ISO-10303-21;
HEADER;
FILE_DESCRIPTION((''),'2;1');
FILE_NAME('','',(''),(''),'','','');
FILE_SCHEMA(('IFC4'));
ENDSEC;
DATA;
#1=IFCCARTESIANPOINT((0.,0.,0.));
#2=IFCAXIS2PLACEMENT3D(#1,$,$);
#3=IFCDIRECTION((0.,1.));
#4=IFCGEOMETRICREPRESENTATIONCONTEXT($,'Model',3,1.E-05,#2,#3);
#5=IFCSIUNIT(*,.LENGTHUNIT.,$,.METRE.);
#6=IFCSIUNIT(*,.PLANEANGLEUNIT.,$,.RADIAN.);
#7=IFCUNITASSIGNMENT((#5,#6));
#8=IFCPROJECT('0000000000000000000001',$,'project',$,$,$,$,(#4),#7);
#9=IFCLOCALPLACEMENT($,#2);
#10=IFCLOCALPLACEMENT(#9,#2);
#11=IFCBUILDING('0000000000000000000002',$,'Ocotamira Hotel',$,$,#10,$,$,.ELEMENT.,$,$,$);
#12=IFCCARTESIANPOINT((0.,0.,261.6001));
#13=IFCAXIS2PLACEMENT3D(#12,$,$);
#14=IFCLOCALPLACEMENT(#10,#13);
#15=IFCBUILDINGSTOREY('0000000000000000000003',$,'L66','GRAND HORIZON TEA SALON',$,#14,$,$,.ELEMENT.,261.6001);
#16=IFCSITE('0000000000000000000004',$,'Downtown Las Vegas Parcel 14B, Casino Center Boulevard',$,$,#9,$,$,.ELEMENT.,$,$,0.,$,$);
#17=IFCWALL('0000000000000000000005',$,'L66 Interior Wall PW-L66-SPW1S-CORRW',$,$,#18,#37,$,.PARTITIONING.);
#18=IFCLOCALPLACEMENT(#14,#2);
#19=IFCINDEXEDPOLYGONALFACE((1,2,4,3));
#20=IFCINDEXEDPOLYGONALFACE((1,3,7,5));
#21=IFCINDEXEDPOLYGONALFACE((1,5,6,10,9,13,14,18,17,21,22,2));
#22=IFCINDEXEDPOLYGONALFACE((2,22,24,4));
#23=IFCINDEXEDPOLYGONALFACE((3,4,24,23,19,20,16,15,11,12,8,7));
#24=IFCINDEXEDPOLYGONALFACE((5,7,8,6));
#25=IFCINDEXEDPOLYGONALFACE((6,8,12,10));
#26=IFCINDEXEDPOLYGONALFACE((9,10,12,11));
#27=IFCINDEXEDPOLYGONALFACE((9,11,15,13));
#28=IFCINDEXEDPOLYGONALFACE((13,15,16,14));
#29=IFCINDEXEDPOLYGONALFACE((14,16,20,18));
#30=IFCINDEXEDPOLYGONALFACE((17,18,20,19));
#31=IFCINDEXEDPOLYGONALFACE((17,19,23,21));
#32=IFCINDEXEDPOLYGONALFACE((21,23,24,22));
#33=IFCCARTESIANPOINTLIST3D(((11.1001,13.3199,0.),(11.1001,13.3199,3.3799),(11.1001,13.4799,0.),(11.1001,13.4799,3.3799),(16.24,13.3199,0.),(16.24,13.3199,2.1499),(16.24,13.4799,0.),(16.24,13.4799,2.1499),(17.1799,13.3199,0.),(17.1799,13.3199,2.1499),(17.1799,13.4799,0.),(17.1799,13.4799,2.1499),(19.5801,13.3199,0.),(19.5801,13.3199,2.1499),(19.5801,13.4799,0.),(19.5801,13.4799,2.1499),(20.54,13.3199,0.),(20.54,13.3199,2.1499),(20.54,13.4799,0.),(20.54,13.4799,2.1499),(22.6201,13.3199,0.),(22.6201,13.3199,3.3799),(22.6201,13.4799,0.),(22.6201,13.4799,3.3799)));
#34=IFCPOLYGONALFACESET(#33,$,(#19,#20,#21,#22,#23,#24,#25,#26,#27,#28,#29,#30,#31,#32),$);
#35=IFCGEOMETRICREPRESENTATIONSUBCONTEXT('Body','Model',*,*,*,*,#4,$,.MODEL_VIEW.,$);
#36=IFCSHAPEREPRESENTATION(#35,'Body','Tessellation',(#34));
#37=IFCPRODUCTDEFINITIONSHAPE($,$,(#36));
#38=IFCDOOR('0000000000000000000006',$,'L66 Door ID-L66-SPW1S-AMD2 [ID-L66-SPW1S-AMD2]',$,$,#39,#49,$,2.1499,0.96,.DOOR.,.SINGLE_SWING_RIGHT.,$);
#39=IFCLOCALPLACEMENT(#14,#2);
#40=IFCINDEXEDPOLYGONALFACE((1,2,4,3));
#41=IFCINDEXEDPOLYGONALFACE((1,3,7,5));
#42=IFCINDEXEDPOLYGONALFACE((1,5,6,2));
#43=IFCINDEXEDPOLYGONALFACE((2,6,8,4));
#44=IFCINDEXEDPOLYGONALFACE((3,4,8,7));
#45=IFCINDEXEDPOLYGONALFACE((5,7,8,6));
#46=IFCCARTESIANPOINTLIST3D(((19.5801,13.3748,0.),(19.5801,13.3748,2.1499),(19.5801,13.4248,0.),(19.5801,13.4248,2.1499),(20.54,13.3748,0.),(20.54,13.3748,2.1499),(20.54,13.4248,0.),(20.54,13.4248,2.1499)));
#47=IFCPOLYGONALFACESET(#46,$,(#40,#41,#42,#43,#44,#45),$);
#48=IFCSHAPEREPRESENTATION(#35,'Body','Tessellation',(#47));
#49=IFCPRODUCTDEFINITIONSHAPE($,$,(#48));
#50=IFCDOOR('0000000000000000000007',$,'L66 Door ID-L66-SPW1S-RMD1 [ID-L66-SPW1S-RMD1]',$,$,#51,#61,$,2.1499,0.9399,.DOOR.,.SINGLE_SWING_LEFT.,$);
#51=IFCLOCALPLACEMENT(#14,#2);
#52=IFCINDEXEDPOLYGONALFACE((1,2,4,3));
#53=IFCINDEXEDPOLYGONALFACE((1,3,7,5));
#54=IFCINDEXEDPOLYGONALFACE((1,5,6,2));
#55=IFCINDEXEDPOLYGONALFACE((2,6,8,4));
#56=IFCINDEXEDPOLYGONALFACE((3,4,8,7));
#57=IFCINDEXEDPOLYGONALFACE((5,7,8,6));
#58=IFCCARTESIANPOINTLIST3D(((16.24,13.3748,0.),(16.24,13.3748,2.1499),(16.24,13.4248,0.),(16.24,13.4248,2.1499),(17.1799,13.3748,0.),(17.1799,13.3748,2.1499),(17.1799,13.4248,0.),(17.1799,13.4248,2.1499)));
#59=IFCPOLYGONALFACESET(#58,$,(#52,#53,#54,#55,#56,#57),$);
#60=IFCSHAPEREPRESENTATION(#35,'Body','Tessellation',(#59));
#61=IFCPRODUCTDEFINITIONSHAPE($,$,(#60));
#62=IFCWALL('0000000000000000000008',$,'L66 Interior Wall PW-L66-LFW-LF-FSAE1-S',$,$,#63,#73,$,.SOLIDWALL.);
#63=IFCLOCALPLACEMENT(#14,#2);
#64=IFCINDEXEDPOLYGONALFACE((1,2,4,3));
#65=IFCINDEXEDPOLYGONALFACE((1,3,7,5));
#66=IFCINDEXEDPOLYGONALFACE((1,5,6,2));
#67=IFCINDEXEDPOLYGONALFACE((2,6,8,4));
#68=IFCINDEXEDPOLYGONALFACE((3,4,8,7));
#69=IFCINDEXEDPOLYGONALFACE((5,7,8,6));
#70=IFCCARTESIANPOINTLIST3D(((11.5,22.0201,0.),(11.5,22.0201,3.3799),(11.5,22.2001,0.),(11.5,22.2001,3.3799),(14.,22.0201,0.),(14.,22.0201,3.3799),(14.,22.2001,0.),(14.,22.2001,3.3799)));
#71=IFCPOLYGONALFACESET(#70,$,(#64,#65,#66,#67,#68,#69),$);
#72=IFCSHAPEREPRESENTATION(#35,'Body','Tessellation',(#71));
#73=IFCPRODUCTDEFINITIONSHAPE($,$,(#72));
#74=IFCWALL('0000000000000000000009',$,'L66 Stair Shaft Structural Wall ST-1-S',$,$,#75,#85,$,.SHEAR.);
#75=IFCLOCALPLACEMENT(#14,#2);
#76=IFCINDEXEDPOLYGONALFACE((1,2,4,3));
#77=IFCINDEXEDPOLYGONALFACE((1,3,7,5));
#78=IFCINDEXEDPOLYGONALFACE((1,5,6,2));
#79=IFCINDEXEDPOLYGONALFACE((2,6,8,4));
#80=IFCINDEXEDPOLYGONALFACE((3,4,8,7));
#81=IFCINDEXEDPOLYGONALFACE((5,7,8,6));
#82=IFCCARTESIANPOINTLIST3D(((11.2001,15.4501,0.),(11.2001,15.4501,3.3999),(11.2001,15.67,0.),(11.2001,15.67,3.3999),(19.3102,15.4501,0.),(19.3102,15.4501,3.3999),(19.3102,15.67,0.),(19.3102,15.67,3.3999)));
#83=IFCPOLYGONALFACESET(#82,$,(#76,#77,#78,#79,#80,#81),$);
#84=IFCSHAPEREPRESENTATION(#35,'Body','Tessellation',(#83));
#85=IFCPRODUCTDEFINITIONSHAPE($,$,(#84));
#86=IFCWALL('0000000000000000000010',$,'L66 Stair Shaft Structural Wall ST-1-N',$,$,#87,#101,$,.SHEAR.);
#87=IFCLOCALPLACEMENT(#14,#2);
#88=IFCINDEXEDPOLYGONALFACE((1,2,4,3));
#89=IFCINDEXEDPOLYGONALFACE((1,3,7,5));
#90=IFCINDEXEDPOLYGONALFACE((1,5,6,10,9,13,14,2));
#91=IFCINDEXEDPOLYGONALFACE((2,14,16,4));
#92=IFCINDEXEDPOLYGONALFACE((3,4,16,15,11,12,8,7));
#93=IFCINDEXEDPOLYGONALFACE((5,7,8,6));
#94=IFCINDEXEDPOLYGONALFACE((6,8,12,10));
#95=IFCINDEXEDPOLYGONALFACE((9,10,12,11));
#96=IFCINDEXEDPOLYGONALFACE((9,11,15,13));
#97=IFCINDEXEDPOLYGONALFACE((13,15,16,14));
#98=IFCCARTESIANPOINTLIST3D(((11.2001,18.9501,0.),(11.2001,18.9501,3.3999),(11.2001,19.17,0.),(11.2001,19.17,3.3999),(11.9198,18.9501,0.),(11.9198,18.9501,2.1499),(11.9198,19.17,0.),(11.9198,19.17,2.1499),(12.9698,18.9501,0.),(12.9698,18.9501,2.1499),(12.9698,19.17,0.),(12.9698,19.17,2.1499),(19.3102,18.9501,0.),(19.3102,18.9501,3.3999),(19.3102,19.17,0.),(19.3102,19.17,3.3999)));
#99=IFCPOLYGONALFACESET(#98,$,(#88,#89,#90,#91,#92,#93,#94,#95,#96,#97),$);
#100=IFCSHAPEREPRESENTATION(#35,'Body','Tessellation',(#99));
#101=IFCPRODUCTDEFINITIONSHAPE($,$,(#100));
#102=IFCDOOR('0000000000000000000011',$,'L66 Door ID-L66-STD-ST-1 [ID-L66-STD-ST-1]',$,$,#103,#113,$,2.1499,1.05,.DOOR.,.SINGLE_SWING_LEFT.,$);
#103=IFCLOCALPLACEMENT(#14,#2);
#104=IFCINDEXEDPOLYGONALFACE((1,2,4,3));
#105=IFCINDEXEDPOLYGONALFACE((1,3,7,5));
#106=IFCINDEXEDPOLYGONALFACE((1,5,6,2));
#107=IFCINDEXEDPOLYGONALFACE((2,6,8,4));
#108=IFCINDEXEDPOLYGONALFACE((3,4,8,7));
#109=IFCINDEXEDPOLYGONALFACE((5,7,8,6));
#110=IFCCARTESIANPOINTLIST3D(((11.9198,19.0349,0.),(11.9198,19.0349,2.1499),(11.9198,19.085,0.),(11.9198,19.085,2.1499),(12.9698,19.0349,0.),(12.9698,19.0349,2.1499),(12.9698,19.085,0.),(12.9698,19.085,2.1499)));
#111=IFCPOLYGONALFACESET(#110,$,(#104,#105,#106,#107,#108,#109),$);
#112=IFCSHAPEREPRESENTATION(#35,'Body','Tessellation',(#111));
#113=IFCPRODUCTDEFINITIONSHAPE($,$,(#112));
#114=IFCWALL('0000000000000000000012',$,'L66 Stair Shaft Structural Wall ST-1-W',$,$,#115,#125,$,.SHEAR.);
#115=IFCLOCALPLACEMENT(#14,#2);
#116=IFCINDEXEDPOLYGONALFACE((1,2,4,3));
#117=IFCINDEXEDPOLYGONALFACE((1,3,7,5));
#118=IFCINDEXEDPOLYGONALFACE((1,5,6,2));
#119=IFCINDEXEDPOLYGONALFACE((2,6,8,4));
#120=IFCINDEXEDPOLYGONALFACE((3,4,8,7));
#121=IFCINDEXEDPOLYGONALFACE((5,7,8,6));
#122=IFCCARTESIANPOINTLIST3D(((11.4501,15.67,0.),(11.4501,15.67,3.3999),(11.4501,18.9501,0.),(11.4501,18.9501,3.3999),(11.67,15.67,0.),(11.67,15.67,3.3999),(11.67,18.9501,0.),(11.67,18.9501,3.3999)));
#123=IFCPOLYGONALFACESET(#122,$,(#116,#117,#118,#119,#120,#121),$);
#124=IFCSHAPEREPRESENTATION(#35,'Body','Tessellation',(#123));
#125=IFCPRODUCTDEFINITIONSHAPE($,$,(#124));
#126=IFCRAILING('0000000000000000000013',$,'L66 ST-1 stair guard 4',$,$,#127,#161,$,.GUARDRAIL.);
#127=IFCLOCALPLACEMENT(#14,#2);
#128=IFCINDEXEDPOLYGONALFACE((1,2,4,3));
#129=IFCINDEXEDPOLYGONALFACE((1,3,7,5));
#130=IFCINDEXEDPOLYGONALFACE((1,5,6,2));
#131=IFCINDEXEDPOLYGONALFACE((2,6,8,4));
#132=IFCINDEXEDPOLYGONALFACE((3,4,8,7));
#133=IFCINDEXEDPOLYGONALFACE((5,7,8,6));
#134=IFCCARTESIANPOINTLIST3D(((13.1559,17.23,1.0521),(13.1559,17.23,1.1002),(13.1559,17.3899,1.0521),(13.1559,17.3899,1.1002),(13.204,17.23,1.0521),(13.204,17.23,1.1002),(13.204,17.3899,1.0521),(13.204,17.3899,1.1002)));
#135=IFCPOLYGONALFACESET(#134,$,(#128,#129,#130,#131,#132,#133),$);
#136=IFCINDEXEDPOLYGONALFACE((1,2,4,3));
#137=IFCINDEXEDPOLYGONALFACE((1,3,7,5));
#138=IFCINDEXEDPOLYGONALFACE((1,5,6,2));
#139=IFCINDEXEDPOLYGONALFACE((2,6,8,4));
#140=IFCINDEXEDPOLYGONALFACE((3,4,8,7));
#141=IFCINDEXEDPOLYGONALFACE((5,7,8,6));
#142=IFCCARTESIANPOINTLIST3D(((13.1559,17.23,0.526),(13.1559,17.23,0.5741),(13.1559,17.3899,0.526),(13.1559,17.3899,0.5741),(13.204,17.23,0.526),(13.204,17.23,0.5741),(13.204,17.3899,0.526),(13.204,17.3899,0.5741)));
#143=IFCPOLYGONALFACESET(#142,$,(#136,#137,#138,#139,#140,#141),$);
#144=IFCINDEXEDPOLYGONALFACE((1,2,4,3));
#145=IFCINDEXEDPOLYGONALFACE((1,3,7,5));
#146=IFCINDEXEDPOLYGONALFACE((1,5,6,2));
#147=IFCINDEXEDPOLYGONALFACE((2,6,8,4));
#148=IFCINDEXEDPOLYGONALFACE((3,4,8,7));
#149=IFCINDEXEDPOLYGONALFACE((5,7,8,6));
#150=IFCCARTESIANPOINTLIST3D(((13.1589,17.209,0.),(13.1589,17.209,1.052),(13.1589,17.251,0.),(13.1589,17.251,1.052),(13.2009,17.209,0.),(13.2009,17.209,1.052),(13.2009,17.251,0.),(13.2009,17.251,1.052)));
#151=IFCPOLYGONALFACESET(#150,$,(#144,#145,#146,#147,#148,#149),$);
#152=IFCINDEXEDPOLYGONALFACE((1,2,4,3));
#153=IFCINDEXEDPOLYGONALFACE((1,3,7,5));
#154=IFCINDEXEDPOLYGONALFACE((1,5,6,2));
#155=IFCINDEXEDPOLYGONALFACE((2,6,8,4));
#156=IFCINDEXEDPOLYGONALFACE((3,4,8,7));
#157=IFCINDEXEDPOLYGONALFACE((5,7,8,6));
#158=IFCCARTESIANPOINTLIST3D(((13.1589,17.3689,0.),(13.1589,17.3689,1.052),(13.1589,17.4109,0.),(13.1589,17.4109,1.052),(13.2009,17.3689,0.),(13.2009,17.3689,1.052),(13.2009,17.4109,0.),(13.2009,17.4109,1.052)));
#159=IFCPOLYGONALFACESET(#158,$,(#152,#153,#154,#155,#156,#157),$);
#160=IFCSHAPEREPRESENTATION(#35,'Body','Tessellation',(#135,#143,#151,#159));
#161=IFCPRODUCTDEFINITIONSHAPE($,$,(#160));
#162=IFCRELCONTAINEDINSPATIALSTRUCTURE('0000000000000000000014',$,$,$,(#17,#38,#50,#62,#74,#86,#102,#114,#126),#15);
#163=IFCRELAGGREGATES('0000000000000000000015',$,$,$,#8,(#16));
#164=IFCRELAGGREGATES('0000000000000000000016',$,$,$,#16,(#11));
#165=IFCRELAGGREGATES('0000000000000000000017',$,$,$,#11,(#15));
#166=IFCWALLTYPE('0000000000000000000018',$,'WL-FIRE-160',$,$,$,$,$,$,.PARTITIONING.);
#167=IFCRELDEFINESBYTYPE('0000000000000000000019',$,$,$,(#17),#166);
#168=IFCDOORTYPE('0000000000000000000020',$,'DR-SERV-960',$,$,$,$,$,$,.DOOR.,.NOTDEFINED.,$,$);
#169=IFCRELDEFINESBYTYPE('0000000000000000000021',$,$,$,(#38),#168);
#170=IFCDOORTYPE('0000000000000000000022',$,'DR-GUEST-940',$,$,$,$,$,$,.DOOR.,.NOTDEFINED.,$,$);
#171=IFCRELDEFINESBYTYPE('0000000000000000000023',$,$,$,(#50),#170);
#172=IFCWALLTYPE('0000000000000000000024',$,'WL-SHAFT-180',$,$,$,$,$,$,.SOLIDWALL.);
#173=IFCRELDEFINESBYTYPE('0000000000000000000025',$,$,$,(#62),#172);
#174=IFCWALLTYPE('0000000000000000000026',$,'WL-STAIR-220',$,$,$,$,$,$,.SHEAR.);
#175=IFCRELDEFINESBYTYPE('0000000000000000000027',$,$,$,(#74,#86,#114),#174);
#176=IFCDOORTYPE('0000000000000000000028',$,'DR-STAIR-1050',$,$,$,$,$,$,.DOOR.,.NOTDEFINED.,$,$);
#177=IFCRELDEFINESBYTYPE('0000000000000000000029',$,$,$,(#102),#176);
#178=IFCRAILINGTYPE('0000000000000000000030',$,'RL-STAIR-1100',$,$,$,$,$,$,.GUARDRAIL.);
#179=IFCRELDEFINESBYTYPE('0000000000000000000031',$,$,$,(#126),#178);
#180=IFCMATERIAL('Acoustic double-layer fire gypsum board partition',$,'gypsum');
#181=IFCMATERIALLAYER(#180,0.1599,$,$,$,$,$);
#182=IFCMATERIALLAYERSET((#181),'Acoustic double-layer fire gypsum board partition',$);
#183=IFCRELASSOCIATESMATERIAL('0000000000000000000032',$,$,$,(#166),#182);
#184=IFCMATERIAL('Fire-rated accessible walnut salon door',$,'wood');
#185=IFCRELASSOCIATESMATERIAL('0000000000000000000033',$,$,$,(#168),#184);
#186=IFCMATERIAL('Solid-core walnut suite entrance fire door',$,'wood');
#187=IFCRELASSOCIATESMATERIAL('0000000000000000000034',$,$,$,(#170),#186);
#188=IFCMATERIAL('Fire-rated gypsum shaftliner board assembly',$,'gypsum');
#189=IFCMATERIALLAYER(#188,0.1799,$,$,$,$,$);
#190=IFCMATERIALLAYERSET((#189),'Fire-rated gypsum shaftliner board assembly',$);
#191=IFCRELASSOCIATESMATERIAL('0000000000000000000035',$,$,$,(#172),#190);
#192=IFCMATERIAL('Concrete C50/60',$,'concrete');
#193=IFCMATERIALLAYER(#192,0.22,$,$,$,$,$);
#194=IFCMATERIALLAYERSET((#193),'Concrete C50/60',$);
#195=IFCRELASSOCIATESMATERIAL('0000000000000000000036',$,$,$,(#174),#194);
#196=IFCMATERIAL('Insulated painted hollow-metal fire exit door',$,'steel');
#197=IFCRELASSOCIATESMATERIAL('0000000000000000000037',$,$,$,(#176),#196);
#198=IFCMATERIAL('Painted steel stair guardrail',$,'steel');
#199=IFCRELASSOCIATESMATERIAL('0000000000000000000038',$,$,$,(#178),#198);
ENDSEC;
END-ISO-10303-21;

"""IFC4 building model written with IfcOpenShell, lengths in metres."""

from ifc_helpers import new_model, si_unit, direction, frame, frame_2d, origin, origin_2d, place, context, subcontext, project, spatial, rectangle, extrude, source, transform, mapped, material, layer, layer_set, type_object, element, fill, save


model = new_model("IFC4")

# Units and contexts
model_context = context("Model", 3, precision=1e-05, world=origin(), true_north=direction((0.0, 1.0)))
body_context = subcontext(model_context, "Body", "Model", "MODEL_VIEW")
ifc_project = project(units=[si_unit("LENGTHUNIT", "METRE"), si_unit("PLANEANGLEUNIT", "RADIAN")], contexts=[model_context])

# Site, building, storey
site_placement = place(None, origin())
site = spatial("IfcSite", under=ifc_project, at=site_placement, Name="Downtown Las Vegas Parcel 14B, Casino Center Boulevard", CompositionType="ELEMENT", RefElevation=0.0)
building_placement = place(site_placement, origin())
building = spatial("IfcBuilding", under=site, at=building_placement, Name="Ocotamira Hotel", CompositionType="ELEMENT")
storey_placement = place(building_placement, frame((0.0, 0.0, 261.6001)))
storey = spatial("IfcBuildingStorey", under=building, at=storey_placement, Name="L66", Description="GRAND HORIZON TEA SALON", CompositionType="ELEMENT", Elevation=261.6001)

# Shared definitions
ifc_material_1 = material(Name="Concrete C50/60", Category="concrete")

# Wall, openings, doors
ifc_material_2 = material(Name="Acoustic double-layer fire gypsum board partition", Category="gypsum")
ifc_layer_1 = layer(ifc_material_2, 0.1599)
ifc_layer_set_1 = layer_set([ifc_layer_1], Name="Acoustic double-layer fire gypsum board partition")
wall_type_1 = type_object("IfcWallType", Name="WL-FIRE-160", PredefinedType="PARTITIONING", material=ifc_layer_set_1)
wall_1_placement = place(storey_placement, frame((11.1001, 13.3999, 0.0), z_axis=(0.0, 0.0, 1.0), x_axis=(1.0, 0.0, 0.0)))
wall_1 = element("IfcWall", 1, at=wall_1_placement, inside=storey, type_object=wall_type_1, Name="L66 Interior Wall PW-L66-SPW1S-CORRW", PredefinedType="PARTITIONING", context=body_context, shape_type="SweptSolid", body=[
    extrude(rectangle(XDim=11.52, YDim=0.1599, at=frame_2d((5.76, 0.0))), origin(), (0.0, 0.0, 1.0), 3.3799),
])
opening_1_placement = place(wall_1_placement, frame((5.1399, 0.0, 0.0)))
opening_1 = element("IfcOpeningElement", 2, at=opening_1_placement, cuts=wall_1, PredefinedType="OPENING", context=body_context, shape_type="SweptSolid", body=[
    extrude(rectangle(XDim=0.9399, YDim=2.1499, at=frame_2d((0.47, 1.075))), frame((0.0, 0.0898, 0.0), z_axis=(0.0, -1.0, 0.0), x_axis=(1.0, 0.0, 0.0)), (0.0, 0.0, 1.0), 0.1799),
])
opening_2_placement = place(wall_1_placement, frame((8.48, 0.0, 0.0)))
opening_2 = element("IfcOpeningElement", 3, at=opening_2_placement, cuts=wall_1, PredefinedType="OPENING", context=body_context, shape_type="SweptSolid", body=[
    extrude(rectangle(XDim=0.96, YDim=2.1499, at=frame_2d((0.48, 1.075))), frame((0.0, 0.0898, 0.0), z_axis=(0.0, -1.0, 0.0), x_axis=(1.0, 0.0, 0.0)), (0.0, 0.0, 1.0), 0.1799),
])
ifc_material_3 = material(Name="Fire-rated accessible walnut salon door", Category="wood")
door_type_1 = type_object("IfcDoorType", Name="DR-SERV-960", OperationType="NOTDEFINED", PredefinedType="DOOR", material=ifc_material_3)
shared_shape_1 = source(origin(), body_context, "Body", "SweptSolid", [
    extrude(rectangle(XDim=0.96, YDim=2.1499, at=frame_2d((0.48, 1.075))), frame((0.0, 0.0249, 0.0), z_axis=(0.0, -1.0, 0.0), x_axis=(1.0, 0.0, 0.0)), (0.0, 0.0, 1.0), 0.05),
])
door_1_placement = place(opening_2_placement, origin())
door_1 = element("IfcDoor", 4, at=door_1_placement, inside=storey, type_object=door_type_1, Name="L66 Door ID-L66-SPW1S-AMD2 [ID-L66-SPW1S-AMD2]", OperationType="SINGLE_SWING_RIGHT", OverallHeight=2.1499, OverallWidth=0.96, PredefinedType="DOOR", context=body_context, shape_type="MappedRepresentation", body=[
    mapped(shared_shape_1, transform((0.0, 0.0, 0.0), scale=1.0)),
])
fill(opening_2, door_1)
ifc_material_4 = material(Name="Solid-core walnut suite entrance fire door", Category="wood")
door_type_2 = type_object("IfcDoorType", Name="DR-GUEST-940", OperationType="NOTDEFINED", PredefinedType="DOOR", material=ifc_material_4)
shared_shape_2 = source(origin(), body_context, "Body", "SweptSolid", [
    extrude(rectangle(XDim=0.9399, YDim=2.1499, at=frame_2d((0.47, 1.075))), frame((0.0, 0.0249, 0.0), z_axis=(0.0, -1.0, 0.0), x_axis=(1.0, 0.0, 0.0)), (0.0, 0.0, 1.0), 0.05),
])
door_2_placement = place(opening_1_placement, origin())
door_2 = element("IfcDoor", 5, at=door_2_placement, inside=storey, type_object=door_type_2, Name="L66 Door ID-L66-SPW1S-RMD1 [ID-L66-SPW1S-RMD1]", OperationType="SINGLE_SWING_LEFT", OverallHeight=2.1499, OverallWidth=0.9399, PredefinedType="DOOR", context=body_context, shape_type="MappedRepresentation", body=[
    mapped(shared_shape_2, transform((0.0, 0.0, 0.0), scale=1.0)),
])
fill(opening_1, door_2)

# Walls
ifc_material_5 = material(Name="Fire-rated gypsum shaftliner board assembly", Category="gypsum")
ifc_layer_2 = layer(ifc_material_5, 0.1799)
ifc_layer_set_2 = layer_set([ifc_layer_2], Name="Fire-rated gypsum shaftliner board assembly")
wall_type_2 = type_object("IfcWallType", Name="WL-SHAFT-180", PredefinedType="SOLIDWALL", material=ifc_layer_set_2)
wall_2_placement = place(storey_placement, frame((11.5, 22.1101, 0.0), z_axis=(0.0, 0.0, 1.0), x_axis=(1.0, 0.0, 0.0)))
element("IfcWall", 6, at=wall_2_placement, inside=storey, type_object=wall_type_2, Name="L66 Interior Wall PW-L66-LFW-LF-FSAE1-S", PredefinedType="SOLIDWALL", context=body_context, shape_type="SweptSolid", body=[
    extrude(rectangle(XDim=2.5, YDim=0.1799, at=frame_2d((1.25, 0.0))), origin(), (0.0, 0.0, 1.0), 3.3799),
])
ifc_layer_3 = layer(ifc_material_1, 0.22)
ifc_layer_set_3 = layer_set([ifc_layer_3], Name="Concrete C50/60")
wall_type_3 = type_object("IfcWallType", Name="WL-STAIR-220", PredefinedType="SHEAR", material=ifc_layer_set_3)
wall_3_placement = place(storey_placement, frame((11.2, 15.5601, 0.0), z_axis=(0.0, 0.0, 1.0), x_axis=(1.0, 0.0, 0.0)))
element("IfcWall", 7, at=wall_3_placement, inside=storey, type_object=wall_type_3, Name="L66 Stair Shaft Structural Wall ST-1-S", PredefinedType="SHEAR", context=body_context, shape_type="SweptSolid", body=[
    extrude(rectangle(XDim=8.1101, YDim=0.22, at=frame_2d((4.0552, 0.0))), origin(), (0.0, 0.0, 1.0), 3.3999),
])

# Wall, opening, door
wall_4_placement = place(storey_placement, frame((11.2, 19.0601, 0.0), z_axis=(0.0, 0.0, 1.0), x_axis=(1.0, 0.0, 0.0)))
wall_4 = element("IfcWall", 8, at=wall_4_placement, inside=storey, type_object=wall_type_3, Name="L66 Stair Shaft Structural Wall ST-1-N", PredefinedType="SHEAR", context=body_context, shape_type="SweptSolid", body=[
    extrude(rectangle(XDim=8.1101, YDim=0.22, at=frame_2d((4.0552, 0.0))), origin(), (0.0, 0.0, 1.0), 3.3999),
])
opening_3_placement = place(wall_4_placement, frame((0.72, 0.0, 0.0)))
opening_3 = element("IfcOpeningElement", 9, at=opening_3_placement, cuts=wall_4, PredefinedType="OPENING", context=body_context, shape_type="SweptSolid", body=[
    extrude(rectangle(XDim=1.05, YDim=2.1499, at=frame_2d((0.5249, 1.075))), frame((0.0, 0.1201, 0.0), z_axis=(0.0, -1.0, 0.0), x_axis=(1.0, 0.0, 0.0)), (0.0, 0.0, 1.0), 0.24),
])
ifc_material_6 = material(Name="Insulated painted hollow-metal fire exit door", Category="steel")
door_type_3 = type_object("IfcDoorType", Name="DR-STAIR-1050", OperationType="NOTDEFINED", PredefinedType="DOOR", material=ifc_material_6)
shared_shape_3 = source(origin(), body_context, "Body", "SweptSolid", [
    extrude(rectangle(XDim=1.05, YDim=2.1499, at=frame_2d((0.5249, 1.075))), frame((0.0, 0.0249, 0.0), z_axis=(0.0, -1.0, 0.0), x_axis=(1.0, 0.0, 0.0)), (0.0, 0.0, 1.0), 0.05),
])
door_3_placement = place(opening_3_placement, origin())
door_3 = element("IfcDoor", 10, at=door_3_placement, inside=storey, type_object=door_type_3, Name="L66 Door ID-L66-STD-ST-1 [ID-L66-STD-ST-1]", OperationType="SINGLE_SWING_LEFT", OverallHeight=2.1499, OverallWidth=1.05, PredefinedType="DOOR", context=body_context, shape_type="MappedRepresentation", body=[
    mapped(shared_shape_3, transform((0.0, 0.0, 0.0), scale=1.0)),
])
fill(opening_3, door_3)

# Wall
wall_5_placement = place(storey_placement, frame((11.5601, 15.6699, 0.0), z_axis=(0.0, 0.0, 1.0), x_axis=(0.0, 1.0, 0.0)))
element("IfcWall", 11, at=wall_5_placement, inside=storey, type_object=wall_type_3, Name="L66 Stair Shaft Structural Wall ST-1-W", PredefinedType="SHEAR", context=body_context, shape_type="SweptSolid", body=[
    extrude(rectangle(XDim=3.28, YDim=0.22, at=frame_2d((1.6401, 0.0))), origin(), (0.0, 0.0, 1.0), 3.3999),
])

# Railing
ifc_material_7 = material(Name="Painted steel stair guardrail", Category="steel")
railing_type = type_object("IfcRailingType", Name="RL-STAIR-1100", PredefinedType="GUARDRAIL", material=ifc_material_7)
railing_placement = place(storey_placement, frame((13.1799, 17.23, 0.0)))
element("IfcRailing", 12, at=railing_placement, inside=storey, type_object=railing_type, Name="L66 ST-1 stair guard 4", PredefinedType="GUARDRAIL", context=body_context, shape_type="SweptSolid", body=[
    extrude(rectangle(XDim=0.0481, YDim=0.0481, at=origin_2d()), frame((0.0, 0.0, 1.0762), z_axis=(0.0, 1.0, 0.0), x_axis=(-1.0, 0.0, 0.0)), (0.0, 0.0, 1.0), 0.1599),
    extrude(rectangle(XDim=0.0481, YDim=0.0481, at=origin_2d()), frame((0.0, 0.0, 0.55), z_axis=(0.0, 1.0, 0.0), x_axis=(-1.0, 0.0, 0.0)), (0.0, 0.0, 1.0), 0.1599),
    extrude(rectangle(XDim=0.042, YDim=0.042, at=origin_2d()), origin(), (0.0, 0.0, 1.0), 1.052),
    extrude(rectangle(XDim=0.042, YDim=0.042, at=origin_2d()), frame((0.0, 0.1599, 0.0)), (0.0, 0.0, 1.0), 1.052),
])

save(model, "model.ifc")
